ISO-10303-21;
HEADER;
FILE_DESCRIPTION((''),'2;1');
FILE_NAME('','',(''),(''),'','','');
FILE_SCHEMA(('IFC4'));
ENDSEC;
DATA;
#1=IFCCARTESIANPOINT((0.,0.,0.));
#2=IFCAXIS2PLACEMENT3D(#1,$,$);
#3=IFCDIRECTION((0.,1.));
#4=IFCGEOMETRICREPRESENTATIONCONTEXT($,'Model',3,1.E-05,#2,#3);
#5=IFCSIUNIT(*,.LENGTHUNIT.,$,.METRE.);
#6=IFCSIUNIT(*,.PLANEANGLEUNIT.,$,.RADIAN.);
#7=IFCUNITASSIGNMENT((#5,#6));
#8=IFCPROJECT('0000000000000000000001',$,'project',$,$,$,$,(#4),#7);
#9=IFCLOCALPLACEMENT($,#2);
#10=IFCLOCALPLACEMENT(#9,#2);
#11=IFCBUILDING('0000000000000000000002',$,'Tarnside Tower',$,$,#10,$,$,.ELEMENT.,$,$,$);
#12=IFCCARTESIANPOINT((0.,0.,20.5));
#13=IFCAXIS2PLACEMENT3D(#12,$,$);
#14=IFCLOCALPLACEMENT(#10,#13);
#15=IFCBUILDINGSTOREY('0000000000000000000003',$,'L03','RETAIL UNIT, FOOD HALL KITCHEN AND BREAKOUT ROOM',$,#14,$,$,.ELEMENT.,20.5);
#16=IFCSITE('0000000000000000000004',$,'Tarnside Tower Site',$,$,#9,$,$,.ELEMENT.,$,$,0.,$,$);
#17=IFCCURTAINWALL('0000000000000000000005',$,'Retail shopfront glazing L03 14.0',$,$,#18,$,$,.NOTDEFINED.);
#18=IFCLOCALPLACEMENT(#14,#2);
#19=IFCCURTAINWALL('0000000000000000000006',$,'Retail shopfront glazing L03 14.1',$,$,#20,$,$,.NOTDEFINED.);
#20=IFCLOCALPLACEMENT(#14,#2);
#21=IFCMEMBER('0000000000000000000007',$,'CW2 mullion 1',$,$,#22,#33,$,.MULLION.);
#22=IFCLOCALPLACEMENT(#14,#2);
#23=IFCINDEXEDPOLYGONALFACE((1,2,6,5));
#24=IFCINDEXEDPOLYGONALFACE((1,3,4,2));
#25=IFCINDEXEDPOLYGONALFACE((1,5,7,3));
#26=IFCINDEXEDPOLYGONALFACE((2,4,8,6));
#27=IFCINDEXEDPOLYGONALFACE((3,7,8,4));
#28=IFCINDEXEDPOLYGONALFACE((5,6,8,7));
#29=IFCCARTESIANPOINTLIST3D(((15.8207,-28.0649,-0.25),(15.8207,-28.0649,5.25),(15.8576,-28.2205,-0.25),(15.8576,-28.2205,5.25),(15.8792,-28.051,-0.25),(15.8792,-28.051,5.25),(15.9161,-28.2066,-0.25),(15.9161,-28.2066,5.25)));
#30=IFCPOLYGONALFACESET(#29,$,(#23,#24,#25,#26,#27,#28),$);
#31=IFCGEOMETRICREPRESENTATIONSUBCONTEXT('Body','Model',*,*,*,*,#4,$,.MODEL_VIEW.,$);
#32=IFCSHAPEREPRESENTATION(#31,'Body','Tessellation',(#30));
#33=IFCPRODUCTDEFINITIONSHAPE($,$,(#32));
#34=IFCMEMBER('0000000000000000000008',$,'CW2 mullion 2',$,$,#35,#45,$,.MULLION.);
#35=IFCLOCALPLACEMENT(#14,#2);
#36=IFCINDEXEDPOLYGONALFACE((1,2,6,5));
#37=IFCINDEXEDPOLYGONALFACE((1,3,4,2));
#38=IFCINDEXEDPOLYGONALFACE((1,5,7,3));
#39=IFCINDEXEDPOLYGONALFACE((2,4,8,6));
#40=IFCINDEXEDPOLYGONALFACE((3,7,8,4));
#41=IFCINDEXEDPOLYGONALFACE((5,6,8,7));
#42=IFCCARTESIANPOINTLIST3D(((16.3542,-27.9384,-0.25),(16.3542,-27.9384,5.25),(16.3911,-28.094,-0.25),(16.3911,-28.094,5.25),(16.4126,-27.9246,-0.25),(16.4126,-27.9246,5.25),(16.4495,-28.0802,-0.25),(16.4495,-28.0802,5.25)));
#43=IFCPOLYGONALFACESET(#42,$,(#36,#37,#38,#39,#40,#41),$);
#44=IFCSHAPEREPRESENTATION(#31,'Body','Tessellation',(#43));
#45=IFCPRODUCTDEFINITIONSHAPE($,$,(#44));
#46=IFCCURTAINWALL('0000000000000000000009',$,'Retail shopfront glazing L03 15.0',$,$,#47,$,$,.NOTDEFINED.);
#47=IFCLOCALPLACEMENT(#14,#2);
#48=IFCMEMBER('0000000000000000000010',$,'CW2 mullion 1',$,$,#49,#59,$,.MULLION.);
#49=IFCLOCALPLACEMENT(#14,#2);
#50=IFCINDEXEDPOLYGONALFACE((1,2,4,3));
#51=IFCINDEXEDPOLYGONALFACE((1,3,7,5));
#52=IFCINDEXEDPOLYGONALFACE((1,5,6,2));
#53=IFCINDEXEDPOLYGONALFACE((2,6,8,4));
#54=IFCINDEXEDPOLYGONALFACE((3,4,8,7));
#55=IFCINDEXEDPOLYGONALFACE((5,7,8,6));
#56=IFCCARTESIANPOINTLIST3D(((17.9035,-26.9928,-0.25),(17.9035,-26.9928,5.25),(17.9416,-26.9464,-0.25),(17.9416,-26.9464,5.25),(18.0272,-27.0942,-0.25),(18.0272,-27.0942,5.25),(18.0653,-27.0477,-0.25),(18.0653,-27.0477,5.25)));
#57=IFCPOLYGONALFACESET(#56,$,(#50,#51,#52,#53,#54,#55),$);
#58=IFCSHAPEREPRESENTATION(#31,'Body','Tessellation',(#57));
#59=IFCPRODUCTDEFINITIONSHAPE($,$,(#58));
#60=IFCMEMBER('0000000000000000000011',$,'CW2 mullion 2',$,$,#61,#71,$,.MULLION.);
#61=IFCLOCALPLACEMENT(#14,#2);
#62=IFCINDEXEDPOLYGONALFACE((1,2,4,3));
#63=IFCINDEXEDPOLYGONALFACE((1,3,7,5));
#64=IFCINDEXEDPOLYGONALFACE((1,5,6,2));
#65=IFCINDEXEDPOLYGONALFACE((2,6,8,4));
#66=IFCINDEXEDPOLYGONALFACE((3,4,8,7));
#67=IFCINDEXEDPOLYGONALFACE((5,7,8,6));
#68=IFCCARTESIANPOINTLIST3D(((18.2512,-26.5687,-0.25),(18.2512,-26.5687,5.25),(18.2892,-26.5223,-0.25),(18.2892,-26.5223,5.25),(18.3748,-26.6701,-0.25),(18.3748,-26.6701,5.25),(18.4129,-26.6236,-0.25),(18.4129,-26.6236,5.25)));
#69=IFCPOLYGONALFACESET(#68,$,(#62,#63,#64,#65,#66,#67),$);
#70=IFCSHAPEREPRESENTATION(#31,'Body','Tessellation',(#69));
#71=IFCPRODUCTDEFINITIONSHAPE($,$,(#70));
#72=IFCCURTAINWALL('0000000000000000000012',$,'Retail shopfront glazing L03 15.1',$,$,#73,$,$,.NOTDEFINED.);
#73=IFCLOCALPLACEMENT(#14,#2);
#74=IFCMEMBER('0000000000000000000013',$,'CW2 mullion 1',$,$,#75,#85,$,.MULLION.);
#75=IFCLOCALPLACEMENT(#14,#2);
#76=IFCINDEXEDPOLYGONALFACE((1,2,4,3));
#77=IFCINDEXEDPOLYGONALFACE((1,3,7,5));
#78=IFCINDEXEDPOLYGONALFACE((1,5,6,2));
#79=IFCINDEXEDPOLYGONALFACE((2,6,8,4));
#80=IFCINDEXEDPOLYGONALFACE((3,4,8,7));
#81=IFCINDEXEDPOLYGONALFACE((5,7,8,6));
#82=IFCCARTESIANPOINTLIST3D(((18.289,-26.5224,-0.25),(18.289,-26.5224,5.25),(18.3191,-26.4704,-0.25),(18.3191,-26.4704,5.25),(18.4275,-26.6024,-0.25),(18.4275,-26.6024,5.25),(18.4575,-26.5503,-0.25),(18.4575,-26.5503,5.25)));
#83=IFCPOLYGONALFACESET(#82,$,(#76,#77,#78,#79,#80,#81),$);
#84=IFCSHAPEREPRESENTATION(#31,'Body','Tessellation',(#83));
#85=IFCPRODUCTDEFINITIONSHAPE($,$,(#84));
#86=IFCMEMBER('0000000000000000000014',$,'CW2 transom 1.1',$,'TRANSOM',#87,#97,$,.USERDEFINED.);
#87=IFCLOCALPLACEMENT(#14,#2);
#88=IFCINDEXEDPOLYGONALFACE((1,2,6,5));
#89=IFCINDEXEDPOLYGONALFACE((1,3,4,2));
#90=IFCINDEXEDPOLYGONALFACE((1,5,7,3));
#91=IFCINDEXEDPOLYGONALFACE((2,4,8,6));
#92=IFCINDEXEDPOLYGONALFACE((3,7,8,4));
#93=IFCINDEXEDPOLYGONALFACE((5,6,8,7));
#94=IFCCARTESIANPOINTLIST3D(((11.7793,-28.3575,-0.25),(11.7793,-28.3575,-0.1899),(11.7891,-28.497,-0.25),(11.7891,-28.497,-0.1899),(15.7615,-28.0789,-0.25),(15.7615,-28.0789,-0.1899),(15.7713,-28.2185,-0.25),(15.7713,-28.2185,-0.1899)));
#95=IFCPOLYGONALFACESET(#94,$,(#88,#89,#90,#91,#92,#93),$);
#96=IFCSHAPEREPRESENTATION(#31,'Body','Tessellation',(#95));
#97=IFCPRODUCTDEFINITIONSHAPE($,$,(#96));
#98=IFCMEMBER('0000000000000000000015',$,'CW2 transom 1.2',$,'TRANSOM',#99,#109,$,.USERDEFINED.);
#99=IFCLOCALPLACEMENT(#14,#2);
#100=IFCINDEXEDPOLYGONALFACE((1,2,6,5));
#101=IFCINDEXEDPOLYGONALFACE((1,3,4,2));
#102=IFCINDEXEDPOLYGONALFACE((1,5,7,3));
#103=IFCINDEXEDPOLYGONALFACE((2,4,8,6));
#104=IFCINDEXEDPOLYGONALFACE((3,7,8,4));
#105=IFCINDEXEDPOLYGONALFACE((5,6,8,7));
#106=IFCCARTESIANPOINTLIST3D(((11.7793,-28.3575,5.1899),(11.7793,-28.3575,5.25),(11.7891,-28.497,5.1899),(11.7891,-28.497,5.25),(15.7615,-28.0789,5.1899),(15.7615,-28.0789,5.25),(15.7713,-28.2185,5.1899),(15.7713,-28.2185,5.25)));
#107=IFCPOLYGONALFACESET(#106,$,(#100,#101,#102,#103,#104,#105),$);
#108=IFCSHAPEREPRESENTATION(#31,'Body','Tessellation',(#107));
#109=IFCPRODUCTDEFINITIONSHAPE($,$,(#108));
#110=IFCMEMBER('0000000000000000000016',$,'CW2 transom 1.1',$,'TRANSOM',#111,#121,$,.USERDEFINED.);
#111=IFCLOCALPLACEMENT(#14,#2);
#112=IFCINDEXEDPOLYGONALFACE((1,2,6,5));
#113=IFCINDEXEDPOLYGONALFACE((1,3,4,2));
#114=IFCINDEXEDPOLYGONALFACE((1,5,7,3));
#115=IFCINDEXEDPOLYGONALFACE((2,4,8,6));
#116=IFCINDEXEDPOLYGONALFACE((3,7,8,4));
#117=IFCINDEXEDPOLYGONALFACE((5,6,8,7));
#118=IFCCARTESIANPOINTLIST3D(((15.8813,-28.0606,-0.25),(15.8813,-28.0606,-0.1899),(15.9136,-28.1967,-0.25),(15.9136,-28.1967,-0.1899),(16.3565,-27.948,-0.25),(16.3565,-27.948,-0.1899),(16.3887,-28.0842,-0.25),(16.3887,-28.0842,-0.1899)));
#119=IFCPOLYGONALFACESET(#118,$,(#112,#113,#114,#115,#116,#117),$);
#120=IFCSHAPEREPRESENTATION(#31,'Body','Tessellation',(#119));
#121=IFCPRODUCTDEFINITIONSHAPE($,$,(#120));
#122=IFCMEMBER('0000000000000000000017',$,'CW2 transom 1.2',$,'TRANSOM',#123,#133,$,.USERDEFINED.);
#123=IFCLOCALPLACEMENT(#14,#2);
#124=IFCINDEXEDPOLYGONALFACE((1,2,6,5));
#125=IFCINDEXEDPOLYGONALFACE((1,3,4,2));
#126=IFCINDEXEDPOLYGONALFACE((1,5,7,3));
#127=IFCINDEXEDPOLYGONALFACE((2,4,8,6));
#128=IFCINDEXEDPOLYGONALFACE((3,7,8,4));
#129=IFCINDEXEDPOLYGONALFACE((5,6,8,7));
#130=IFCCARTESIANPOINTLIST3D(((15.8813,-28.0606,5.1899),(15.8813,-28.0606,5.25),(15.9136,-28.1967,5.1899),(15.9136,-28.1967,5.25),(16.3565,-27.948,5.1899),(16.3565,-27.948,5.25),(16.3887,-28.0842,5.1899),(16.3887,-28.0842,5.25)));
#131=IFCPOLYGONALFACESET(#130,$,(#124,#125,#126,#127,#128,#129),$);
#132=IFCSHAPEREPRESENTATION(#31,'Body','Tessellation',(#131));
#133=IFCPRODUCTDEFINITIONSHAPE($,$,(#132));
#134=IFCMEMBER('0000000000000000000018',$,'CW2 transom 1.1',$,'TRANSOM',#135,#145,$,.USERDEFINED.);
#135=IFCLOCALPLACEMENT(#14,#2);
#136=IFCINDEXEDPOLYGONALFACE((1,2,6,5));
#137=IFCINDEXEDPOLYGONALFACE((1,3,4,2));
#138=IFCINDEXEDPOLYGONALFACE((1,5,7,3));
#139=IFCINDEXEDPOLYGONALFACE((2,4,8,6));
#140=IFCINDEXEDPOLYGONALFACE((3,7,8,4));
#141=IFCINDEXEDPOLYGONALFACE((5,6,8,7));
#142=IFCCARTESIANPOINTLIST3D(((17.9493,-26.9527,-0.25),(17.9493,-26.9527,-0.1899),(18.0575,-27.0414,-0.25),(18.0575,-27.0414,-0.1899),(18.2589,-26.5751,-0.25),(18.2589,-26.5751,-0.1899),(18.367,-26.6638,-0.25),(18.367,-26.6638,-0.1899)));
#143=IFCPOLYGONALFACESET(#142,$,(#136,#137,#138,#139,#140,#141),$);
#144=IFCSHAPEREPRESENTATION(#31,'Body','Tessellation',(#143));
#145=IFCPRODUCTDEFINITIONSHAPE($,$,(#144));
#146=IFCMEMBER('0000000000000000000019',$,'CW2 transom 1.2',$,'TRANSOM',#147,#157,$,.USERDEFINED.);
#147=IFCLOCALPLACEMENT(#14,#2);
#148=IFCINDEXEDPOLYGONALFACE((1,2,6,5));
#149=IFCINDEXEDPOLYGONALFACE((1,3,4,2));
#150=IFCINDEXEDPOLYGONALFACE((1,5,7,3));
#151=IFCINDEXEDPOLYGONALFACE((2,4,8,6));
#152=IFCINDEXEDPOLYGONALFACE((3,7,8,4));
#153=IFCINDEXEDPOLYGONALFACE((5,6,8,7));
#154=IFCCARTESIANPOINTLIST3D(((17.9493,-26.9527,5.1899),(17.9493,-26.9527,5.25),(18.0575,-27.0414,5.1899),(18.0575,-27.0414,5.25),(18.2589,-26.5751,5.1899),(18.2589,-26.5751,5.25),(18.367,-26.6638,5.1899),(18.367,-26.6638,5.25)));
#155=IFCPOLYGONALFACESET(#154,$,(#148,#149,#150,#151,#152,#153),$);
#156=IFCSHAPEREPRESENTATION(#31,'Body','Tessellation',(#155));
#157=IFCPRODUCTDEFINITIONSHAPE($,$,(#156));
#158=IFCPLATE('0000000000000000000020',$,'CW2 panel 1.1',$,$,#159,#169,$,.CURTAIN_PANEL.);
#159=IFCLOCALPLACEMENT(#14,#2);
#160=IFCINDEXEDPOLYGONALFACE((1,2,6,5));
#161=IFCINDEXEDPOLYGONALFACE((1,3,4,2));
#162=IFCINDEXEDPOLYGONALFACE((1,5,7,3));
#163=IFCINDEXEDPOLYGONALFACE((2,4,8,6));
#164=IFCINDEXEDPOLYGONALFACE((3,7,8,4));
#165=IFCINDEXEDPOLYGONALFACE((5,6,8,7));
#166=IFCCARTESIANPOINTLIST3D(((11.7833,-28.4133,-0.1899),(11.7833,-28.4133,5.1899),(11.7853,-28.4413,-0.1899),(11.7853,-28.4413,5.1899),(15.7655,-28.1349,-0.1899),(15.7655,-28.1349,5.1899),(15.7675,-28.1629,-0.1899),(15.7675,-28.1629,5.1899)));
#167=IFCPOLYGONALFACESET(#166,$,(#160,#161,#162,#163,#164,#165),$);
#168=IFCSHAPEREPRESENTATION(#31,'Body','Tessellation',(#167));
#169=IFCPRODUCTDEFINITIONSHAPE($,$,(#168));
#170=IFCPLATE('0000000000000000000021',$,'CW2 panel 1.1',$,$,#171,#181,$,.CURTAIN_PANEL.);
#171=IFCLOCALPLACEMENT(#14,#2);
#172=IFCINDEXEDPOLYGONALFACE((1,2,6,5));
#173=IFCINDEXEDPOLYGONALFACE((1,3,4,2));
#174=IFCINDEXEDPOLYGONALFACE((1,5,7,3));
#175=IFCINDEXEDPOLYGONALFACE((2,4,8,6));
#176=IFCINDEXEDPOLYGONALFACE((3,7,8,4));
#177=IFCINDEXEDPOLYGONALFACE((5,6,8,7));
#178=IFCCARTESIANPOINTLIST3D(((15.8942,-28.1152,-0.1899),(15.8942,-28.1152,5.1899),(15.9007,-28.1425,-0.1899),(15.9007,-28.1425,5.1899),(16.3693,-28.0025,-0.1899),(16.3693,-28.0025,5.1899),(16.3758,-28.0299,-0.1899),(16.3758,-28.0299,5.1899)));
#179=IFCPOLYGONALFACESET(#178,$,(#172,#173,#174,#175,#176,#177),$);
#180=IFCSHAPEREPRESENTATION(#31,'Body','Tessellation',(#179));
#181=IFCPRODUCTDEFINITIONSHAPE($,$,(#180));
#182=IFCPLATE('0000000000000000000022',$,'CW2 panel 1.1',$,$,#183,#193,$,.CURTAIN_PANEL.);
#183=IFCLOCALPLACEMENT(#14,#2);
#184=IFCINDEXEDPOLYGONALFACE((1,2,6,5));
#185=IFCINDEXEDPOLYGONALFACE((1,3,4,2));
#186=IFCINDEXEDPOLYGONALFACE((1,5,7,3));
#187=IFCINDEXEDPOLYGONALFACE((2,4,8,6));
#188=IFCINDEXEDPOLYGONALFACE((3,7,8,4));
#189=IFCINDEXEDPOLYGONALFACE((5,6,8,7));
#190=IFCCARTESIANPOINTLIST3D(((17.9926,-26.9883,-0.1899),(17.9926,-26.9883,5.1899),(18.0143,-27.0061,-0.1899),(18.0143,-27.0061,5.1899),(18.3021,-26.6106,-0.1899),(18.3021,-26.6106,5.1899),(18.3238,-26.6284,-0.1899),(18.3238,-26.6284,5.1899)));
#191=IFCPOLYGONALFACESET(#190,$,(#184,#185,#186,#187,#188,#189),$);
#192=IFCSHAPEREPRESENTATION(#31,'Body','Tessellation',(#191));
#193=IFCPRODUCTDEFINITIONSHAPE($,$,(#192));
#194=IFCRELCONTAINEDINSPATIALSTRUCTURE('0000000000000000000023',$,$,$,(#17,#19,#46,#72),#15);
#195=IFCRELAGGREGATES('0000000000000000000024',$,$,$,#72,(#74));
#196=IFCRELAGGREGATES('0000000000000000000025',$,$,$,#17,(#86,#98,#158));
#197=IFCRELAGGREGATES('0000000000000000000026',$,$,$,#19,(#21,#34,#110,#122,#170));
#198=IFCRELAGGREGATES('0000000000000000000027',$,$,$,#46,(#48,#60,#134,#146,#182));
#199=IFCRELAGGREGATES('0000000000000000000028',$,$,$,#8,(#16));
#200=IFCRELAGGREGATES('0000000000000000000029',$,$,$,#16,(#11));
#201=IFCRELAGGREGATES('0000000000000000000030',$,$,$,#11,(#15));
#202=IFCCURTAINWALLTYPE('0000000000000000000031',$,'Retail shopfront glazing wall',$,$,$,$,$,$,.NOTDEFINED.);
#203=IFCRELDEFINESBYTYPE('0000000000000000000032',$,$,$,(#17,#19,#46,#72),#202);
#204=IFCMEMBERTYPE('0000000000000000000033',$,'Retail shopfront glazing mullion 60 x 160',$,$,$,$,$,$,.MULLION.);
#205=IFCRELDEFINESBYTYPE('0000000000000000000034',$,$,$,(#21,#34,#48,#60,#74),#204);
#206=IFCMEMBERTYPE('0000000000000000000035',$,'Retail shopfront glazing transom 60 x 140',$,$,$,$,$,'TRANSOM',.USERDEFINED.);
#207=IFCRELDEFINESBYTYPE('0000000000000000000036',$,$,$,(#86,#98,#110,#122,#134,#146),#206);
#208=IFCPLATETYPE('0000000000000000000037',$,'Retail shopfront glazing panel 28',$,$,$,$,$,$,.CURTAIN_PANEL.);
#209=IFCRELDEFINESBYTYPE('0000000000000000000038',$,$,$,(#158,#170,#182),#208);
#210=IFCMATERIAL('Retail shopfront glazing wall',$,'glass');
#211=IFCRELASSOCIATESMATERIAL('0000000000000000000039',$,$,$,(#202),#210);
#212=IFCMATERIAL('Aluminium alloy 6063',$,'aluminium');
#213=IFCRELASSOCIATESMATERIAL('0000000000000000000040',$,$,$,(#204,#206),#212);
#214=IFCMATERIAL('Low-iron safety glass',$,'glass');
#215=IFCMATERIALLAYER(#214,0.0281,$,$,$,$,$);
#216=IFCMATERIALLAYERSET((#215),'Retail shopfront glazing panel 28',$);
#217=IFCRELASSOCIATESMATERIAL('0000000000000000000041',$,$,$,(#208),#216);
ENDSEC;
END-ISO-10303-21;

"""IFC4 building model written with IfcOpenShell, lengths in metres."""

from ifc_helpers import new_model, si_unit, direction, frame, origin, origin_2d, place, context, subcontext, project, spatial, rectangle, extrude, material, layer, layer_set, material_profile, profile_set, type_object, element, aggregate, save


model = new_model("IFC4")

# Units and contexts
model_context = context("Model", 3, precision=1e-05, world=origin(), true_north=direction((0.0, 1.0)))
body_context = subcontext(model_context, "Body", "Model", "MODEL_VIEW")
ifc_project = project(units=[si_unit("LENGTHUNIT", "METRE"), si_unit("PLANEANGLEUNIT", "RADIAN")], contexts=[model_context])

# Site, building, storey
site_placement = place(None, origin())
site = spatial("IfcSite", under=ifc_project, at=site_placement, Name="Tarnside Tower Site", CompositionType="ELEMENT", RefElevation=0.0)
building_placement = place(site_placement, origin())
building = spatial("IfcBuilding", under=site, at=building_placement, Name="Tarnside Tower", CompositionType="ELEMENT")
storey_placement = place(building_placement, frame((0.0, 0.0, 20.5)))
storey = spatial("IfcBuildingStorey", under=building, at=storey_placement, Name="L03", Description="RETAIL UNIT, FOOD HALL KITCHEN AND BREAKOUT ROOM", CompositionType="ELEMENT", Elevation=20.5)

# Curtain walls, members
ifc_material_1 = material(Name="Retail shopfront glazing wall", Category="glass")
curtain_wall_type = type_object("IfcCurtainWallType", Name="Retail shopfront glazing wall", PredefinedType="NOTDEFINED", material=ifc_material_1)
curtain_wall_1_placement = place(storey_placement, origin())
curtain_wall_1 = element("IfcCurtainWall", 1, at=curtain_wall_1_placement, inside=storey, type_object=curtain_wall_type, Name="Retail shopfront glazing L03 14.0", PredefinedType="NOTDEFINED")
ifc_material_2 = material(Name="Aluminium alloy 6063", Category="aluminium")
ifc_material_profile_1 = material_profile(ifc_material_2, rectangle(XDim=0.1599, YDim=0.0601, at=origin_2d()), Name="Retail shopfront glazing mullion 60 x 160")
ifc_profile_set_1 = profile_set([ifc_material_profile_1], Name="Aluminium alloy 6063")
member_type_1 = type_object("IfcMemberType", Name="Retail shopfront glazing mullion 60 x 160", PredefinedType="MULLION", material=ifc_profile_set_1)
curtain_wall_2_placement = place(storey_placement, origin())
curtain_wall_2 = element("IfcCurtainWall", 2, at=curtain_wall_2_placement, inside=storey, type_object=curtain_wall_type, Name="Retail shopfront glazing L03 14.1", PredefinedType="NOTDEFINED")
member_1_placement = place(storey_placement, frame((15.8684, -28.1357, -0.25), z_axis=(0.0, 0.0, 1.0), x_axis=(-0.230616, 0.973045, 0.0)))
member_1 = element("IfcMember", 3, at=member_1_placement, type_object=member_type_1, Name="CW2 mullion 1", PredefinedType="MULLION", context=body_context, shape_type="SweptSolid", body=[
    extrude(rectangle(XDim=0.1599, YDim=0.0601, at=origin_2d()), origin(), (0.0, 0.0, 1.0), 5.5),
])
member_2_placement = place(storey_placement, frame((16.4019, -28.0093, -0.25), z_axis=(0.0, 0.0, 1.0), x_axis=(-0.230616, 0.973045, 0.0)))
member_2 = element("IfcMember", 4, at=member_2_placement, type_object=member_type_1, Name="CW2 mullion 2", PredefinedType="MULLION", context=body_context, shape_type="SweptSolid", body=[
    extrude(rectangle(XDim=0.1599, YDim=0.0601, at=origin_2d()), origin(), (0.0, 0.0, 1.0), 5.5),
])
curtain_wall_3_placement = place(storey_placement, origin())
curtain_wall_3 = element("IfcCurtainWall", 5, at=curtain_wall_3_placement, inside=storey, type_object=curtain_wall_type, Name="Retail shopfront glazing L03 15.0", PredefinedType="NOTDEFINED")
member_3_placement = place(storey_placement, frame((17.9844, -27.0203, -0.25), z_axis=(0.0, 0.0, 1.0), x_axis=(-0.773472, 0.633831, 0.0)))
member_3 = element("IfcMember", 6, at=member_3_placement, type_object=member_type_1, Name="CW2 mullion 1", PredefinedType="MULLION", context=body_context, shape_type="SweptSolid", body=[
    extrude(rectangle(XDim=0.1599, YDim=0.0601, at=origin_2d()), origin(), (0.0, 0.0, 1.0), 5.5),
])
member_4_placement = place(storey_placement, frame((18.332, -26.5962, -0.25), z_axis=(0.0, 0.0, 1.0), x_axis=(-0.773472, 0.633831, 0.0)))
member_4 = element("IfcMember", 7, at=member_4_placement, type_object=member_type_1, Name="CW2 mullion 2", PredefinedType="MULLION", context=body_context, shape_type="SweptSolid", body=[
    extrude(rectangle(XDim=0.1599, YDim=0.0601, at=origin_2d()), origin(), (0.0, 0.0, 1.0), 5.5),
])

# Curtain wall, member
curtain_wall_4_placement = place(storey_placement, origin())
curtain_wall_4 = element("IfcCurtainWall", 8, at=curtain_wall_4_placement, inside=storey, type_object=curtain_wall_type, Name="Retail shopfront glazing L03 15.1", PredefinedType="NOTDEFINED")
member_5_placement = place(storey_placement, frame((18.3733, -26.5364, -0.25), z_axis=(0.0, 0.0, 1.0), x_axis=(-0.866025, 0.5, 0.0)))
member_5 = element("IfcMember", 9, at=member_5_placement, type_object=member_type_1, Name="CW2 mullion 1", PredefinedType="MULLION", context=body_context, shape_type="SweptSolid", body=[
    extrude(rectangle(XDim=0.1599, YDim=0.0601, at=origin_2d()), origin(), (0.0, 0.0, 1.0), 5.5),
])
aggregate(curtain_wall_4, [member_5])

# Members
ifc_material_profile_2 = material_profile(ifc_material_2, rectangle(XDim=0.1399, YDim=0.0601, at=origin_2d()), Name="Retail shopfront glazing transom 60 x 140")
ifc_profile_set_2 = profile_set([ifc_material_profile_2], Name="Aluminium alloy 6063")
member_type_2 = type_object("IfcMemberType", Name="Retail shopfront glazing transom 60 x 140", ElementType="TRANSOM", PredefinedType="USERDEFINED", material=ifc_profile_set_2)
member_6_placement = place(storey_placement, frame((11.7842, -28.4272, -0.22), z_axis=(0.997562, 0.069782, 0.0), x_axis=(-0.069782, 0.997562, 0.0)))
member_6 = element("IfcMember", 10, at=member_6_placement, type_object=member_type_2, Name="CW2 transom 1.1", ObjectType="TRANSOM", PredefinedType="USERDEFINED", context=body_context, shape_type="SweptSolid", body=[
    extrude(rectangle(XDim=0.1399, YDim=0.0601, at=origin_2d()), origin(), (0.0, 0.0, 1.0), 3.9919),
])
member_7_placement = place(storey_placement, frame((11.7842, -28.4272, 5.22), z_axis=(0.997562, 0.069782, 0.0), x_axis=(-0.069782, 0.997562, 0.0)))
member_7 = element("IfcMember", 11, at=member_7_placement, type_object=member_type_2, Name="CW2 transom 1.2", ObjectType="TRANSOM", PredefinedType="USERDEFINED", context=body_context, shape_type="SweptSolid", body=[
    extrude(rectangle(XDim=0.1399, YDim=0.0601, at=origin_2d()), origin(), (0.0, 0.0, 1.0), 3.9919),
])
member_8_placement = place(storey_placement, frame((15.8975, -28.1287, -0.22), z_axis=(0.973068, 0.230516, 0.0), x_axis=(-0.230516, 0.973068, 0.0)))
member_8 = element("IfcMember", 12, at=member_8_placement, type_object=member_type_2, Name="CW2 transom 1.1", ObjectType="TRANSOM", PredefinedType="USERDEFINED", context=body_context, shape_type="SweptSolid", body=[
    extrude(rectangle(XDim=0.1399, YDim=0.0601, at=origin_2d()), origin(), (0.0, 0.0, 1.0), 0.4883),
])
member_9_placement = place(storey_placement, frame((15.8975, -28.1287, 5.22), z_axis=(0.973068, 0.230516, 0.0), x_axis=(-0.230516, 0.973068, 0.0)))
member_9 = element("IfcMember", 13, at=member_9_placement, type_object=member_type_2, Name="CW2 transom 1.2", ObjectType="TRANSOM", PredefinedType="USERDEFINED", context=body_context, shape_type="SweptSolid", body=[
    extrude(rectangle(XDim=0.1399, YDim=0.0601, at=origin_2d()), origin(), (0.0, 0.0, 1.0), 0.4883),
])
member_10_placement = place(storey_placement, frame((18.0034, -26.9971, -0.22), z_axis=(0.633918, 0.7734, 0.0), x_axis=(-0.7734, 0.633918, 0.0)))
member_10 = element("IfcMember", 14, at=member_10_placement, type_object=member_type_2, Name="CW2 transom 1.1", ObjectType="TRANSOM", PredefinedType="USERDEFINED", context=body_context, shape_type="SweptSolid", body=[
    extrude(rectangle(XDim=0.1399, YDim=0.0601, at=origin_2d()), origin(), (0.0, 0.0, 1.0), 0.4883),
])
member_11_placement = place(storey_placement, frame((18.0034, -26.9971, 5.22), z_axis=(0.633918, 0.7734, 0.0), x_axis=(-0.7734, 0.633918, 0.0)))
member_11 = element("IfcMember", 15, at=member_11_placement, type_object=member_type_2, Name="CW2 transom 1.2", ObjectType="TRANSOM", PredefinedType="USERDEFINED", context=body_context, shape_type="SweptSolid", body=[
    extrude(rectangle(XDim=0.1399, YDim=0.0601, at=origin_2d()), origin(), (0.0, 0.0, 1.0), 0.4883),
])

# Plates
ifc_material_3 = material(Name="Low-iron safety glass", Category="glass")
ifc_layer = layer(ifc_material_3, 0.0281)
ifc_layer_set = layer_set([ifc_layer], Name="Retail shopfront glazing panel 28")
plate_type = type_object("IfcPlateType", Name="Retail shopfront glazing panel 28", PredefinedType="CURTAIN_PANEL", material=ifc_layer_set)
plate_1_placement = place(storey_placement, frame((13.7754, -28.2881, -0.1899), z_axis=(0.0, 0.0, 1.0), x_axis=(0.997564, 0.069756, 0.0)))
plate_1 = element("IfcPlate", 16, at=plate_1_placement, type_object=plate_type, Name="CW2 panel 1.1", PredefinedType="CURTAIN_PANEL", context=body_context, shape_type="SweptSolid", body=[
    extrude(rectangle(XDim=3.9919, YDim=0.0281, at=origin_2d()), origin(), (0.0, 0.0, 1.0), 5.3799),
])
aggregate(curtain_wall_1, [member_6, member_7, plate_1])
plate_2_placement = place(storey_placement, frame((16.135, -28.0725, -0.1899), z_axis=(0.0, 0.0, 1.0), x_axis=(0.973045, 0.230616, 0.0)))
plate_2 = element("IfcPlate", 17, at=plate_2_placement, type_object=plate_type, Name="CW2 panel 1.1", PredefinedType="CURTAIN_PANEL", context=body_context, shape_type="SweptSolid", body=[
    extrude(rectangle(XDim=0.4883, YDim=0.0281, at=origin_2d()), origin(), (0.0, 0.0, 1.0), 5.3799),
])
aggregate(curtain_wall_2, [member_1, member_2, member_8, member_9, plate_2])
plate_3_placement = place(storey_placement, frame((18.1582, -26.8083, -0.1899), z_axis=(0.0, 0.0, 1.0), x_axis=(0.633831, 0.773472, 0.0)))
plate_3 = element("IfcPlate", 18, at=plate_3_placement, type_object=plate_type, Name="CW2 panel 1.1", PredefinedType="CURTAIN_PANEL", context=body_context, shape_type="SweptSolid", body=[
    extrude(rectangle(XDim=0.4883, YDim=0.0281, at=origin_2d()), origin(), (0.0, 0.0, 1.0), 5.3799),
])
aggregate(curtain_wall_3, [member_3, member_4, member_10, member_11, plate_3])

save(model, "model.ifc")
